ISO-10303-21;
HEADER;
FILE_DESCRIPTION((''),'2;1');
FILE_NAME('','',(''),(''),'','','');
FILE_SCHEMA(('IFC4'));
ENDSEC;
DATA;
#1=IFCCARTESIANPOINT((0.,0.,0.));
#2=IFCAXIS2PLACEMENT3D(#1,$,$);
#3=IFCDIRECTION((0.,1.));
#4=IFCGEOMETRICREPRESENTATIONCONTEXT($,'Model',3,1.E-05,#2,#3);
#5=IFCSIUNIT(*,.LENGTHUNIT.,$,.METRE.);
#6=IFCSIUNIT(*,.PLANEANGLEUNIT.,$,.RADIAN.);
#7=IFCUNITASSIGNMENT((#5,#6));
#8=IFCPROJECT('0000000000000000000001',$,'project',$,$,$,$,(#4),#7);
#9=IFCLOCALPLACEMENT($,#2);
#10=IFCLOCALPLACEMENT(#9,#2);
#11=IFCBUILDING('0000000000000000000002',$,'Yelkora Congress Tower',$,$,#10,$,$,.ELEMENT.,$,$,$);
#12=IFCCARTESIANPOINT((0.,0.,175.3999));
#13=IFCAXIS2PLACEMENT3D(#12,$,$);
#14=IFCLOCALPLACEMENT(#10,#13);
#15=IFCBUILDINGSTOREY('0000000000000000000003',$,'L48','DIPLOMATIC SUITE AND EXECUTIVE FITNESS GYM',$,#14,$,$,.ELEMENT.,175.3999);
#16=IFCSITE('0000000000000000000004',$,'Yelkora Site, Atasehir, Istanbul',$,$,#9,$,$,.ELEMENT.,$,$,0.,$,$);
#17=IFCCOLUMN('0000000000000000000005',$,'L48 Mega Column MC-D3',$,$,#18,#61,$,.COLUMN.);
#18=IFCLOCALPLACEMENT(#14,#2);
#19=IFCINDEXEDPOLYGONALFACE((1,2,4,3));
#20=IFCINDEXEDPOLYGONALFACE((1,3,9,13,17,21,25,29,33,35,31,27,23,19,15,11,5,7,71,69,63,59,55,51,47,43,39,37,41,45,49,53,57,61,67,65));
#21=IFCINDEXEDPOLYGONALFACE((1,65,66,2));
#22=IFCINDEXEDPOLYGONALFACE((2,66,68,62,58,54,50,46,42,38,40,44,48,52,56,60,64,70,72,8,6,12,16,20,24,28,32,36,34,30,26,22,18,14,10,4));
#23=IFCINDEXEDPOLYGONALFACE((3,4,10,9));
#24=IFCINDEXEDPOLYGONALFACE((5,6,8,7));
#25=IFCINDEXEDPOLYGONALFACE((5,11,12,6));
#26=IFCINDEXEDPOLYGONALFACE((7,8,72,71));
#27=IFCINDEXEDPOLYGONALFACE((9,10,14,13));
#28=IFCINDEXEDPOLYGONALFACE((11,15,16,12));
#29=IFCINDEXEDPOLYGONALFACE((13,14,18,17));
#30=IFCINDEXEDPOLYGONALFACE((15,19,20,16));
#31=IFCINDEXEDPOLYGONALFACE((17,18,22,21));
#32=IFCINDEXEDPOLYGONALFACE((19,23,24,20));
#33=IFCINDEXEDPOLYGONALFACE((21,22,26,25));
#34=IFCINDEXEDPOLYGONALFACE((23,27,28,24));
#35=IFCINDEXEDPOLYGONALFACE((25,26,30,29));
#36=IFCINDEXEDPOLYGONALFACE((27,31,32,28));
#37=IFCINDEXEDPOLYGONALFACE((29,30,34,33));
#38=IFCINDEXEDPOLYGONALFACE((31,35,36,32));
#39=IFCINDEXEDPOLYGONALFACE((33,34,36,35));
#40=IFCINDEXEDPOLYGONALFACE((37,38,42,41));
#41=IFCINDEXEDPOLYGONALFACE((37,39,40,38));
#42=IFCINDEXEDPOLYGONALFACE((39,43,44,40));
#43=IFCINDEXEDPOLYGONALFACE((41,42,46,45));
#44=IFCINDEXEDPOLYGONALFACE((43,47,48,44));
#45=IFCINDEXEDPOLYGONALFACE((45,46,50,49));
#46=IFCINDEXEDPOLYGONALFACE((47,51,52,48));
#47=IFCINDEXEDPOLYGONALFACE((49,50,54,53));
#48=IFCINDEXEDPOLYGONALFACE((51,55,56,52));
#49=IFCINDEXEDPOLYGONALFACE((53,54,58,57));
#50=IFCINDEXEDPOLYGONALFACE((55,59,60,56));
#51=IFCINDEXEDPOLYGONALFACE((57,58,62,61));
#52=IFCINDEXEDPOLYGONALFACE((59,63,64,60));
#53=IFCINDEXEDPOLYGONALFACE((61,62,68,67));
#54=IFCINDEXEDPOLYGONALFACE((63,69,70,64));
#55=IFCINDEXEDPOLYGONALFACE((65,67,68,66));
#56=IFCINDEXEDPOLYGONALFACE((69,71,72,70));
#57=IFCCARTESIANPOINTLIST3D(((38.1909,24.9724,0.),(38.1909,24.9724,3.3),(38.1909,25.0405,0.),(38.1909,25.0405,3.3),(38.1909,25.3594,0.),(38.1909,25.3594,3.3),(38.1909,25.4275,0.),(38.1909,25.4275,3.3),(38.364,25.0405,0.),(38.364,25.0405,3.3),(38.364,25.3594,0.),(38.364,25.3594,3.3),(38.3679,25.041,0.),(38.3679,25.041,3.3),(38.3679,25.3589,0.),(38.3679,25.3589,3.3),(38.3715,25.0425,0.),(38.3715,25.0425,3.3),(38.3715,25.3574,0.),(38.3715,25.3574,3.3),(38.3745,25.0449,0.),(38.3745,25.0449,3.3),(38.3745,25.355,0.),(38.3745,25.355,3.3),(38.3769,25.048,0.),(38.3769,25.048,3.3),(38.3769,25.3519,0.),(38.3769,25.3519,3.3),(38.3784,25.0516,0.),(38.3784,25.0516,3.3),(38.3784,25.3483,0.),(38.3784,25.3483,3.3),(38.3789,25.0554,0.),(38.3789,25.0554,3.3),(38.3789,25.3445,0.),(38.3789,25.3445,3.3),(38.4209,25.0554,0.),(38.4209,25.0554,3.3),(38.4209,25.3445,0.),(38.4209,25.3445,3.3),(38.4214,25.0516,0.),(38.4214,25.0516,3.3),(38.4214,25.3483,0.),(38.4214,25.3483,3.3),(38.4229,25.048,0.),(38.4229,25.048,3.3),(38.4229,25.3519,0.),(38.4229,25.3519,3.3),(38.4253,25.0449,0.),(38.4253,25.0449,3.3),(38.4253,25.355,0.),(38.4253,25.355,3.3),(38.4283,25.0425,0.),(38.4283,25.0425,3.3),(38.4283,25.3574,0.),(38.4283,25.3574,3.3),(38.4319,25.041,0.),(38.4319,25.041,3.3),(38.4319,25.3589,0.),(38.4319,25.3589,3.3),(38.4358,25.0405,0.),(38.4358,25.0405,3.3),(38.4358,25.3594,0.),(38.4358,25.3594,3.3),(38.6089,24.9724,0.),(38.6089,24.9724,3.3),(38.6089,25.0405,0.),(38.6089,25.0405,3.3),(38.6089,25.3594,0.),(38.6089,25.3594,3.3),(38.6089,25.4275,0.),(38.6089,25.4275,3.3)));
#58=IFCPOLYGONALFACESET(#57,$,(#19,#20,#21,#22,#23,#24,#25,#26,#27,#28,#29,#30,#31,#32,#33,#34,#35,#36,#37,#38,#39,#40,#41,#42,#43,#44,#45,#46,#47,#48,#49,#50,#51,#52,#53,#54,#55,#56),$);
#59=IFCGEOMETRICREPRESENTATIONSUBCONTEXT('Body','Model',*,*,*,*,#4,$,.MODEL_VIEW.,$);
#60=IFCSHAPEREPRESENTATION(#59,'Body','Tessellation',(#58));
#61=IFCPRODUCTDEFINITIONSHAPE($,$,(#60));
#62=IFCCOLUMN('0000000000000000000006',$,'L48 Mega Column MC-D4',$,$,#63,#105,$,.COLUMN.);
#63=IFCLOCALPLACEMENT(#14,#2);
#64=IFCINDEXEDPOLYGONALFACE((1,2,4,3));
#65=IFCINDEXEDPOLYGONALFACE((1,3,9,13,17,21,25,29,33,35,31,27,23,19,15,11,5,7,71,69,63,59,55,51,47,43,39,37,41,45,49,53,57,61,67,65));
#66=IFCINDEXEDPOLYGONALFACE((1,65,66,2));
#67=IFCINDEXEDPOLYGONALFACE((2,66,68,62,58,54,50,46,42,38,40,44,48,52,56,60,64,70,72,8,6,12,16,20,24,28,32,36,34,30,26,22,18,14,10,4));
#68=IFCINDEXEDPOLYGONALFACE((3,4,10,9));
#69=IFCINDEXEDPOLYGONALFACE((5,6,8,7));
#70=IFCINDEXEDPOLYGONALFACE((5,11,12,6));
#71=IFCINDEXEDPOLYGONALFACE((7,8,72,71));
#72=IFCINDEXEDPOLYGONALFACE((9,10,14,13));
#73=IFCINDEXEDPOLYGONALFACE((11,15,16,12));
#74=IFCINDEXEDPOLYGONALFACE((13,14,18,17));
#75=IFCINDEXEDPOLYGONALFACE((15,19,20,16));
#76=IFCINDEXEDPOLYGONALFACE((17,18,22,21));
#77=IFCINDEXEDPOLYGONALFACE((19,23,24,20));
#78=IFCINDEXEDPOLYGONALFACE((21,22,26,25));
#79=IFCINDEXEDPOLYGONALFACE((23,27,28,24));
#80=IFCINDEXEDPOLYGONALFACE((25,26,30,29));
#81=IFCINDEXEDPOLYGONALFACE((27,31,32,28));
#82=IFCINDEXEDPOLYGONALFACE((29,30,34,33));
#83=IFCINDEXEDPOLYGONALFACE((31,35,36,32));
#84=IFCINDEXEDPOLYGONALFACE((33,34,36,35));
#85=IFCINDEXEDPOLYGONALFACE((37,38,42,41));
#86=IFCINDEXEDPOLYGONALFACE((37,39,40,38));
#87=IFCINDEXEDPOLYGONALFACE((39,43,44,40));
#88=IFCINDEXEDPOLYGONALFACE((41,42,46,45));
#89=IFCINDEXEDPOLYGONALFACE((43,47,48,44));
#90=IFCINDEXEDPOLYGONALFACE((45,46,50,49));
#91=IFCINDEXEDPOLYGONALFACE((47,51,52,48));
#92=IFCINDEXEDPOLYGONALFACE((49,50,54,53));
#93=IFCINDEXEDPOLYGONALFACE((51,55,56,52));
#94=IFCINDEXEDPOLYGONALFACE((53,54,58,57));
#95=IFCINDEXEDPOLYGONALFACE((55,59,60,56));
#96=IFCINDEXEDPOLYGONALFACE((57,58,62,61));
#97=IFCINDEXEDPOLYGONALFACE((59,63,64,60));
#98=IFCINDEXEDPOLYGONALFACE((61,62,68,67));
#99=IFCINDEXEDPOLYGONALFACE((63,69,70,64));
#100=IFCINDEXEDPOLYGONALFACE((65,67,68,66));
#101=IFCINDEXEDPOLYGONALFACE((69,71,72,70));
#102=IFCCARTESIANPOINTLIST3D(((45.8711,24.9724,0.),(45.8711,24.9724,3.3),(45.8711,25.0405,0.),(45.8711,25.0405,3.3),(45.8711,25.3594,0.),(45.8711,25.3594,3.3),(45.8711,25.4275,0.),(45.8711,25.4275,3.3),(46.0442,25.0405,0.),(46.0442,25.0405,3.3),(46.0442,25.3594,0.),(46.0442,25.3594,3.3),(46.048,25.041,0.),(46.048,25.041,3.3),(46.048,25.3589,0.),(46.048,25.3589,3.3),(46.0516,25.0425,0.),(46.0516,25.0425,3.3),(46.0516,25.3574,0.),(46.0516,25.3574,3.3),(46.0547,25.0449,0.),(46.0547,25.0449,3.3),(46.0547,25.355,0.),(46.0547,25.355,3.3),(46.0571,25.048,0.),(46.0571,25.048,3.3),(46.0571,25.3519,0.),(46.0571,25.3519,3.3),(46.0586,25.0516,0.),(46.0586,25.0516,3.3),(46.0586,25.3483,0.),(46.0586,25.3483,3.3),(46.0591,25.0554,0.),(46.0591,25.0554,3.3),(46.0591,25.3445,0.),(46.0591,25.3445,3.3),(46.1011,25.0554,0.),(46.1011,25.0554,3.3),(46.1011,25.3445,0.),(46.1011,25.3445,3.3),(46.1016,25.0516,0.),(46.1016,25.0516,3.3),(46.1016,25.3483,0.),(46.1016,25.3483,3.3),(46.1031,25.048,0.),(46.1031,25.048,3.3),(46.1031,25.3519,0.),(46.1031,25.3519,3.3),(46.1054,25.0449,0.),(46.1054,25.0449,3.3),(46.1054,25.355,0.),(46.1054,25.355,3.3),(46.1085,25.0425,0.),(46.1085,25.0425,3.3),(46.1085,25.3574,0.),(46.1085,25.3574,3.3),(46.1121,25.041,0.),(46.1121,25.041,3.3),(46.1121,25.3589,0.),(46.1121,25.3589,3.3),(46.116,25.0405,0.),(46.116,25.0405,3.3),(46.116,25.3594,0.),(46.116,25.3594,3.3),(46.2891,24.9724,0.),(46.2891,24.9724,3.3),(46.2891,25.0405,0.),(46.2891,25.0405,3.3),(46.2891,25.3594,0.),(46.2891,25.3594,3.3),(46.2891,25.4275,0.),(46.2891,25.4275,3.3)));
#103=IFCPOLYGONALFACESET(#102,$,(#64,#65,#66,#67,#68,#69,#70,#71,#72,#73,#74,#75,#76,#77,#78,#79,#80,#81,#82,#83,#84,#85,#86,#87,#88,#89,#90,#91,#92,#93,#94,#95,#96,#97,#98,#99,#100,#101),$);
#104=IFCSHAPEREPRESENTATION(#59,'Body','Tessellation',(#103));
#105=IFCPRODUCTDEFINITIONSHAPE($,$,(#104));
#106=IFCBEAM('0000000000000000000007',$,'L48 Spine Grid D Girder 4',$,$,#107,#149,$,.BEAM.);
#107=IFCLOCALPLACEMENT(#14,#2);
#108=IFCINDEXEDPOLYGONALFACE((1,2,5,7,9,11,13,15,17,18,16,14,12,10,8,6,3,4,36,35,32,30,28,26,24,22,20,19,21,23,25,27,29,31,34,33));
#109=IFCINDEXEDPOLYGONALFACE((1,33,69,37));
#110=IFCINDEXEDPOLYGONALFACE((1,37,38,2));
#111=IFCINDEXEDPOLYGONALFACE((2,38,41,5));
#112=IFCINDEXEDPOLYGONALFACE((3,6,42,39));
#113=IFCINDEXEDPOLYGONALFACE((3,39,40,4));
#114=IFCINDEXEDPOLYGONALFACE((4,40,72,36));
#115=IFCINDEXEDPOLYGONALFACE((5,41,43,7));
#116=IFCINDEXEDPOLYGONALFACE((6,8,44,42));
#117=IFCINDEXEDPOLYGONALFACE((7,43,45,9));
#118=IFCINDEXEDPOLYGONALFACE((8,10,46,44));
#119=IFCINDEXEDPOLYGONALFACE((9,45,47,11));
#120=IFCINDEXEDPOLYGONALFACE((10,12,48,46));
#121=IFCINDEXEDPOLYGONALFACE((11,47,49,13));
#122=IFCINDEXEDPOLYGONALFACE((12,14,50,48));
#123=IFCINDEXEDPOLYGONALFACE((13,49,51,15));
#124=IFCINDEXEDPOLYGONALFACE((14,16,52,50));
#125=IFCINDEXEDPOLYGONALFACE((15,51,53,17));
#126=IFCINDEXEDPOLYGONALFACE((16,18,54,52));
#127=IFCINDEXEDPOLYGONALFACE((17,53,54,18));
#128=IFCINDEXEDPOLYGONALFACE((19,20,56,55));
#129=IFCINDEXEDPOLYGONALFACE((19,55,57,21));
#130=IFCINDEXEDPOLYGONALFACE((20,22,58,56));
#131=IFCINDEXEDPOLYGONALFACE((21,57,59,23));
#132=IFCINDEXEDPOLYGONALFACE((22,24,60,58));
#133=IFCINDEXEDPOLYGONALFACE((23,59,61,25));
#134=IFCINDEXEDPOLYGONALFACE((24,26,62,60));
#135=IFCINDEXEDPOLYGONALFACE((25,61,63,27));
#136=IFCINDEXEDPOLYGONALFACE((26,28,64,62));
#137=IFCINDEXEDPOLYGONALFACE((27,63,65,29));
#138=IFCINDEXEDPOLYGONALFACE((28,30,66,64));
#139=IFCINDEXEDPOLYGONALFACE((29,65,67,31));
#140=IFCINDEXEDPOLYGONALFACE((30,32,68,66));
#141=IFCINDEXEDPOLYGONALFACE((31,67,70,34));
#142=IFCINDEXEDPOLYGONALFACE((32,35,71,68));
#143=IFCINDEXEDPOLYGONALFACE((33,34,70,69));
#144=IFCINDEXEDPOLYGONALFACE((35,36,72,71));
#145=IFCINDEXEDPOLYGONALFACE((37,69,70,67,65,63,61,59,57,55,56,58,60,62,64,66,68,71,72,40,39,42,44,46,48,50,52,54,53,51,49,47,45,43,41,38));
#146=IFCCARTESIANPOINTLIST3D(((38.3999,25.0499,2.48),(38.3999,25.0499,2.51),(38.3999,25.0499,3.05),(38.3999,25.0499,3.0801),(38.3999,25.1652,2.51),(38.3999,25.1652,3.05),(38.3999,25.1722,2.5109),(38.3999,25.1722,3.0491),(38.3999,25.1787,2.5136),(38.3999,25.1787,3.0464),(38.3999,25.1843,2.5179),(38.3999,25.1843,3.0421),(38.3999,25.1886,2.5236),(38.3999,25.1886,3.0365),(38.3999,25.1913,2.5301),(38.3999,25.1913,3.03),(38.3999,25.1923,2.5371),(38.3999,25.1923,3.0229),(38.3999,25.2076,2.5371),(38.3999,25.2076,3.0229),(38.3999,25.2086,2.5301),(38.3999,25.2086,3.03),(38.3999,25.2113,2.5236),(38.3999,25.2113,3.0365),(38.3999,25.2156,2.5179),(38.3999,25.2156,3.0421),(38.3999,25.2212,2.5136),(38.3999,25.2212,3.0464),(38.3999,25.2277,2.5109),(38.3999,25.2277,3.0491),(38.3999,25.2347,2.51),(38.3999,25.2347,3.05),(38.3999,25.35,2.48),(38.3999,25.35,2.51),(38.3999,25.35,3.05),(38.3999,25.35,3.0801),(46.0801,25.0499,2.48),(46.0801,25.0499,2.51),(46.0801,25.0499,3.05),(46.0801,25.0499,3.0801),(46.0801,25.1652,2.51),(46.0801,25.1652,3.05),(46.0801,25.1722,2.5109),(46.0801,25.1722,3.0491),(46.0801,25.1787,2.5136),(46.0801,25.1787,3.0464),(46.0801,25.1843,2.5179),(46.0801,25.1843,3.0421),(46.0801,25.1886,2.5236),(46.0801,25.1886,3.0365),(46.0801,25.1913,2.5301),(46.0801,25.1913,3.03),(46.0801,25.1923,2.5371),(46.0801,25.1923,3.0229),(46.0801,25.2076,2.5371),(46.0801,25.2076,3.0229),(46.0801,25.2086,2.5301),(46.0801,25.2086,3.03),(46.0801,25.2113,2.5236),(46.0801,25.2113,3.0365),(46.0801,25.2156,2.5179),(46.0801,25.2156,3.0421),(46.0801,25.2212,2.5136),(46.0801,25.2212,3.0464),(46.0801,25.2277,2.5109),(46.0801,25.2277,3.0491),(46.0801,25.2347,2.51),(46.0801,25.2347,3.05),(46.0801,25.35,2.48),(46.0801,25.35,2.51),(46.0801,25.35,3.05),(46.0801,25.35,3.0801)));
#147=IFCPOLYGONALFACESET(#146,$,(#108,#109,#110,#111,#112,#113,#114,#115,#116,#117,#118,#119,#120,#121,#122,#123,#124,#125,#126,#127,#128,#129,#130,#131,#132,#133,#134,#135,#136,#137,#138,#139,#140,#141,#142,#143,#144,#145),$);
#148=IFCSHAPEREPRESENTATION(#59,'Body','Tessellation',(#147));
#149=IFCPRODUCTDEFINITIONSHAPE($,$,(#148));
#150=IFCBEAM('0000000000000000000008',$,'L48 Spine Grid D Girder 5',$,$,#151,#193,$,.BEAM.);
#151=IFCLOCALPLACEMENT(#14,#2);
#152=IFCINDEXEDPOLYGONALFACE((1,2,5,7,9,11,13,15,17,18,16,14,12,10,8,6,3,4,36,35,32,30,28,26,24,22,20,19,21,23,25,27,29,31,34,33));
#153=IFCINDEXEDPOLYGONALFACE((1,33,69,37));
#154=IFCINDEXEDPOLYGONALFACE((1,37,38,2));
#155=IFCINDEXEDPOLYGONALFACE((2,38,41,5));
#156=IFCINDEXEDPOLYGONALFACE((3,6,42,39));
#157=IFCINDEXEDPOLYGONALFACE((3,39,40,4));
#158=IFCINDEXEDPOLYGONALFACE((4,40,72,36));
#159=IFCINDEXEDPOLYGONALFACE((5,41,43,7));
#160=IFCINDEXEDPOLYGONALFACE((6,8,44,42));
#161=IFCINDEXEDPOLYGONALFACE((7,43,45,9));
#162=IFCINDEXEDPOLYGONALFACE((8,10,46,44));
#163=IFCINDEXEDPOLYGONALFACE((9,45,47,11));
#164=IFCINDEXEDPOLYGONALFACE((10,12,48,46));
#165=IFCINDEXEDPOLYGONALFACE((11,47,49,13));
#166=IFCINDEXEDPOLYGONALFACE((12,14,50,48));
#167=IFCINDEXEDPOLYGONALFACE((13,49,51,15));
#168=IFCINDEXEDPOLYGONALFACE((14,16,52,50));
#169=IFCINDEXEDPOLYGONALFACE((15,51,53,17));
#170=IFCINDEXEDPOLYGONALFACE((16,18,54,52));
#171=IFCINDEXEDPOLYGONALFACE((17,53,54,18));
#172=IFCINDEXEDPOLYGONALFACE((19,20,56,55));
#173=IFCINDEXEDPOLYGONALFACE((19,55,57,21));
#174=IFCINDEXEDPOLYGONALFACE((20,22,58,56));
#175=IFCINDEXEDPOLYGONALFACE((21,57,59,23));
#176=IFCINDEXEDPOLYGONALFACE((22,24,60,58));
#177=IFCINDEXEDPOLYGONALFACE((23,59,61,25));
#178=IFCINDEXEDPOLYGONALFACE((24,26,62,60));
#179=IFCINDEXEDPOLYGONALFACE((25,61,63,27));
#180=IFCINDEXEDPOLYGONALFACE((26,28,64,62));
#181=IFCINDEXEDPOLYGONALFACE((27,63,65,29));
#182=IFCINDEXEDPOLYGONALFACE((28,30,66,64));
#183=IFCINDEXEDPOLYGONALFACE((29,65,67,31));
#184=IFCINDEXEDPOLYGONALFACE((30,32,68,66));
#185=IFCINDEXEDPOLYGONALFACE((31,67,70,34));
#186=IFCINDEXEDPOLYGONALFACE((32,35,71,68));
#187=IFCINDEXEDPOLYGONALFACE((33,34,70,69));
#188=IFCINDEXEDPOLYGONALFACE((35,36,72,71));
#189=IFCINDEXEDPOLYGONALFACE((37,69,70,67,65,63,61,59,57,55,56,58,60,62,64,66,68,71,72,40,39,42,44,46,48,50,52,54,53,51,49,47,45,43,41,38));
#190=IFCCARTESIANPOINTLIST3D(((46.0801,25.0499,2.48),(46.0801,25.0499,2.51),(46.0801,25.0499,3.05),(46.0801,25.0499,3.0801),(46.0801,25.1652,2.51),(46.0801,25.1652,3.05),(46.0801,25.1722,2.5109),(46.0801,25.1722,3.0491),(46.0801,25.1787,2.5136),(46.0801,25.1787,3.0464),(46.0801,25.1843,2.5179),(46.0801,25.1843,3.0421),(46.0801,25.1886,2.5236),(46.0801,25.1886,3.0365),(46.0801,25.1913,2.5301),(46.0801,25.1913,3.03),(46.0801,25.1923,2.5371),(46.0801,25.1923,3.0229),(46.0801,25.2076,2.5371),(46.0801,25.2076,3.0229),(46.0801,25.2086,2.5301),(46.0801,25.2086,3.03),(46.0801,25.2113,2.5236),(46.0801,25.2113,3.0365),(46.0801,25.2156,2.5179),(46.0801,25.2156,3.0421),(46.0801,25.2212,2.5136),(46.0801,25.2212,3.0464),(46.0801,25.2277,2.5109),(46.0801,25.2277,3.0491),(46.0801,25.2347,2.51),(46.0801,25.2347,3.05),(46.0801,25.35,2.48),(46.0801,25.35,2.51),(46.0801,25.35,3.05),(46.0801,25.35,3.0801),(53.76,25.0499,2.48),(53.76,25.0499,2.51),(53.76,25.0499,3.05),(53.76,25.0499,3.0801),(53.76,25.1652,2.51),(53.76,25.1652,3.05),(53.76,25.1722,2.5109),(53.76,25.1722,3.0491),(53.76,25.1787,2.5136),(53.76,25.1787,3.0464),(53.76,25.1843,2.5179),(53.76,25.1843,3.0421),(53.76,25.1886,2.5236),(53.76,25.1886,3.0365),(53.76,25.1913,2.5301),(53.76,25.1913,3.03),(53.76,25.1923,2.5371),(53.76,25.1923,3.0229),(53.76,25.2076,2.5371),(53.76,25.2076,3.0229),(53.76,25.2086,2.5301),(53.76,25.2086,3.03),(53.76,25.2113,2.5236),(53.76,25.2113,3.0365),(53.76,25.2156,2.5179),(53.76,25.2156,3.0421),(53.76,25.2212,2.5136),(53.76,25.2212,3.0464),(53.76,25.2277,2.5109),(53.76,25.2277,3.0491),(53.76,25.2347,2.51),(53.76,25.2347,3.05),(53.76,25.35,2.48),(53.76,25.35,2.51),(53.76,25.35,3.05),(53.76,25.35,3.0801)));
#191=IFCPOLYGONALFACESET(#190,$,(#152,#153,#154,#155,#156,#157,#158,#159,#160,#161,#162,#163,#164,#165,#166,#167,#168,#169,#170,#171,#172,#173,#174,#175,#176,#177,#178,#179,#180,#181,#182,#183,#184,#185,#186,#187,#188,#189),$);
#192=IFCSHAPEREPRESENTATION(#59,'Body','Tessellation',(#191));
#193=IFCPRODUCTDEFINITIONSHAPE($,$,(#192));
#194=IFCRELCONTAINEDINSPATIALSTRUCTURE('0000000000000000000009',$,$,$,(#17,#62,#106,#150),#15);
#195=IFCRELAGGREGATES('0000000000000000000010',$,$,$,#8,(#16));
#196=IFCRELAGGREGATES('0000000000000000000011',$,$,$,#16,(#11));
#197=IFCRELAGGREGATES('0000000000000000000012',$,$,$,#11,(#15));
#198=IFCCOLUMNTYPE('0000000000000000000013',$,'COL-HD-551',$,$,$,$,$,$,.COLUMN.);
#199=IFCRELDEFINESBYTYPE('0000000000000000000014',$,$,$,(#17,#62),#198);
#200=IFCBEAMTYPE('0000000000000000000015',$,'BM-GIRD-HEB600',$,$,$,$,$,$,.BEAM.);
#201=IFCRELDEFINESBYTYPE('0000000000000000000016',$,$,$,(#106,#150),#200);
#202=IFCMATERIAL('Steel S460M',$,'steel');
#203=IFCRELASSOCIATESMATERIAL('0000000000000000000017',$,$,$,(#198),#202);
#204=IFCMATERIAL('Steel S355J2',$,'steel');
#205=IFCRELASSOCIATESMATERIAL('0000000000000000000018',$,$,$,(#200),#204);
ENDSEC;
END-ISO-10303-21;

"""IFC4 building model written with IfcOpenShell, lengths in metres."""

from ifc_helpers import new_model, si_unit, direction, frame, origin, origin_2d, place, context, subcontext, project, spatial, i_section, extrude, material, material_profile, profile_set, type_object, element, save


model = new_model("IFC4")

# Units and contexts
model_context = context("Model", 3, precision=1e-05, world=origin(), true_north=direction((0.0, 1.0)))
body_context = subcontext(model_context, "Body", "Model", "MODEL_VIEW")
ifc_project = project(units=[si_unit("LENGTHUNIT", "METRE"), si_unit("PLANEANGLEUNIT", "RADIAN")], contexts=[model_context])

# Site, building, storey
site_placement = place(None, origin())
site = spatial("IfcSite", under=ifc_project, at=site_placement, Name="Yelkora Site, Atasehir, Istanbul", CompositionType="ELEMENT", RefElevation=0.0)
building_placement = place(site_placement, origin())
building = spatial("IfcBuilding", under=site, at=building_placement, Name="Yelkora Congress Tower", CompositionType="ELEMENT")
storey_placement = place(building_placement, frame((0.0, 0.0, 175.3999)))
storey = spatial("IfcBuildingStorey", under=building, at=storey_placement, Name="L48", Description="DIPLOMATIC SUITE AND EXECUTIVE FITNESS GYM", CompositionType="ELEMENT", Elevation=175.3999)

# Columns
ifc_material_1 = material(Name="Steel S460M", Category="steel")
ifc_material_profile_1 = material_profile(ifc_material_1, i_section(OverallWidth=0.418, OverallDepth=0.4551, WebThickness=0.042, FlangeThickness=0.0681, FilletRadius=0.0149, at=origin_2d()), Name="HD 400x551")
ifc_profile_set_1 = profile_set([ifc_material_profile_1], Name="Steel S460M")
column_type = type_object("IfcColumnType", Name="COL-HD-551", PredefinedType="COLUMN", material=ifc_profile_set_1)
for number, where, z_axis, x_axis, name in (
    (1, (38.3999, 25.2, 0.0), (0.0, 0.0, 1.0), (1.0, 0.0, 0.0), "L48 Mega Column MC-D3"),
    (2, (46.0801, 25.2, 0.0), (0.0, 0.0, 1.0), (1.0, 0.0, 0.0), "L48 Mega Column MC-D4"),
):
    element("IfcColumn", number, at=place(storey_placement, frame(where, z_axis=z_axis, x_axis=x_axis)), inside=storey, type_object=column_type, Name=name, PredefinedType="COLUMN", context=body_context, shape_type="SweptSolid", body=[
        extrude(i_section(OverallWidth=0.418, OverallDepth=0.4551, WebThickness=0.042, FlangeThickness=0.0681, FilletRadius=0.0149, at=origin_2d()), origin(), (0.0, 0.0, 1.0), 3.3),
    ])

# Beams
ifc_material_2 = material(Name="Steel S355J2", Category="steel")
ifc_material_profile_2 = material_profile(ifc_material_2, i_section(OverallWidth=0.3, OverallDepth=0.6001, WebThickness=0.0154, FlangeThickness=0.03, FilletRadius=0.0271, at=origin_2d()), Name="HEB 600")
ifc_profile_set_2 = profile_set([ifc_material_profile_2], Name="Steel S355J2")
beam_type_1 = type_object("IfcBeamType", Name="BM-GIRD-HEB600", PredefinedType="BEAM", material=ifc_profile_set_2)
beam_1_placement = place(storey_placement, frame((38.3999, 25.2, 2.78), z_axis=(1.0, 0.0, 0.0), x_axis=(0.0, 1.0, 0.0)))
element("IfcBeam", 3, at=beam_1_placement, inside=storey, type_object=beam_type_1, Name="L48 Spine Grid D Girder 4", PredefinedType="BEAM", context=body_context, shape_type="SweptSolid", body=[
    extrude(i_section(OverallWidth=0.3, OverallDepth=0.6001, WebThickness=0.0154, FlangeThickness=0.03, FilletRadius=0.0271, at=origin_2d()), origin(), (0.0, 0.0, 1.0), 7.6802),
])
beam_2_placement = place(storey_placement, frame((46.0801, 25.2, 2.78), z_axis=(1.0, 0.0, 0.0), x_axis=(0.0, 1.0, 0.0)))
element("IfcBeam", 4, at=beam_2_placement, inside=storey, type_object=beam_type_1, Name="L48 Spine Grid D Girder 5", PredefinedType="BEAM", context=body_context, shape_type="SweptSolid", body=[
    extrude(i_section(OverallWidth=0.3, OverallDepth=0.6001, WebThickness=0.0154, FlangeThickness=0.03, FilletRadius=0.0271, at=origin_2d()), origin(), (0.0, 0.0, 1.0), 7.6799),
])

save(model, "model.ifc")
